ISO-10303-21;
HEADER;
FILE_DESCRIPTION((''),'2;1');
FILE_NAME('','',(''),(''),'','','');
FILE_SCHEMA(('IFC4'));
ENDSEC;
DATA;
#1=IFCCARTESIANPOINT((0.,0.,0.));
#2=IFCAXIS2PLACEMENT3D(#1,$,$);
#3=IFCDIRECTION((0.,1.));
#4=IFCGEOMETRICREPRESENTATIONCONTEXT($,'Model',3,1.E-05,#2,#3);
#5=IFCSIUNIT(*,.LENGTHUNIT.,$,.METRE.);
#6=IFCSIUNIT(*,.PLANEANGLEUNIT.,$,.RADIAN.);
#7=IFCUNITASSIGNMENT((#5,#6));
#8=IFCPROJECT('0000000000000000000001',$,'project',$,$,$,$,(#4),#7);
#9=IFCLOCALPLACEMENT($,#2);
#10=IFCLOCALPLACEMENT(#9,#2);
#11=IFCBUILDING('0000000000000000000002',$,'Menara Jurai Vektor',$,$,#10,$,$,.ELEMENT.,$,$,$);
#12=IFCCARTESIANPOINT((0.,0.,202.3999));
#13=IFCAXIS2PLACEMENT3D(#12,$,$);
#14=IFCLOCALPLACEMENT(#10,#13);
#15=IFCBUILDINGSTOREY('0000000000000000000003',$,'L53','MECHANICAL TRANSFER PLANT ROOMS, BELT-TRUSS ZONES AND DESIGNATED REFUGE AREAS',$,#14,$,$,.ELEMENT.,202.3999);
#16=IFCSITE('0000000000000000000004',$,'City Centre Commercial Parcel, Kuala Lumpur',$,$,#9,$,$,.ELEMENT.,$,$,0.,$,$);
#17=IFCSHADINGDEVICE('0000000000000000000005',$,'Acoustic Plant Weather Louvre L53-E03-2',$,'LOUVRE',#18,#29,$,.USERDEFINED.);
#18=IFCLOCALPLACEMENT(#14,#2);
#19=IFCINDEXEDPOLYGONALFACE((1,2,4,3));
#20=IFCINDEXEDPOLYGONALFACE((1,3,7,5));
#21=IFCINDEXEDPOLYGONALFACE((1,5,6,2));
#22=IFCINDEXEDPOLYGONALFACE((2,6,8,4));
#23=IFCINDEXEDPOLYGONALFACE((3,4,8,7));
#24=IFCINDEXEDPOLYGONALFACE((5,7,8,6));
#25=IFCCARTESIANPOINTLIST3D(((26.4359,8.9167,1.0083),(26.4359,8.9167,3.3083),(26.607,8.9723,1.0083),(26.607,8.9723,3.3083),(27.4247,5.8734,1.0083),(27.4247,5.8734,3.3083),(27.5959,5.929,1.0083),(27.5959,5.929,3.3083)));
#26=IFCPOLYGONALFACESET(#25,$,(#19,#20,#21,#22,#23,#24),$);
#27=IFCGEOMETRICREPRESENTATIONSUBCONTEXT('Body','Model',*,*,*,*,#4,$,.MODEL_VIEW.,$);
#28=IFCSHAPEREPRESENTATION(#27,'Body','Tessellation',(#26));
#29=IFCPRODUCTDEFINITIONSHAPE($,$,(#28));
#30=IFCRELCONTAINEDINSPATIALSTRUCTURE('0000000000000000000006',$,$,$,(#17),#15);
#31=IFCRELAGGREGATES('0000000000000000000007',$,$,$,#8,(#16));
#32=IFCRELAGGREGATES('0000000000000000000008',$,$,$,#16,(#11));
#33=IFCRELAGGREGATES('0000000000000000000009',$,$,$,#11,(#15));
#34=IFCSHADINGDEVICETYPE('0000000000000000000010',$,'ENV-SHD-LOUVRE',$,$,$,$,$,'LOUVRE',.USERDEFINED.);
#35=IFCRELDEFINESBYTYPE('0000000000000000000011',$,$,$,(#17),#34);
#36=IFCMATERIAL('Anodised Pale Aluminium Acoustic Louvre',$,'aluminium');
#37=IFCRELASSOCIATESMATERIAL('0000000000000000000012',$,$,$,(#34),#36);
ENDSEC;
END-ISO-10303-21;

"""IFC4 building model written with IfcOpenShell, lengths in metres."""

from ifc_helpers import new_model, si_unit, direction, frame, origin, origin_2d, place, context, subcontext, project, spatial, rectangle, extrude, material, type_object, element, save


model = new_model("IFC4")

# Units and contexts
model_context = context("Model", 3, precision=1e-05, world=origin(), true_north=direction((0.0, 1.0)))
body_context = subcontext(model_context, "Body", "Model", "MODEL_VIEW")
ifc_project = project(units=[si_unit("LENGTHUNIT", "METRE"), si_unit("PLANEANGLEUNIT", "RADIAN")], contexts=[model_context])

# Site, building, storey
site_placement = place(None, origin())
site = spatial("IfcSite", under=ifc_project, at=site_placement, Name="City Centre Commercial Parcel, Kuala Lumpur", CompositionType="ELEMENT", RefElevation=0.0)
building_placement = place(site_placement, origin())
building = spatial("IfcBuilding", under=site, at=building_placement, Name="Menara Jurai Vektor", CompositionType="ELEMENT")
storey_placement = place(building_placement, frame((0.0, 0.0, 202.3999)))
storey = spatial("IfcBuildingStorey", under=building, at=storey_placement, Name="L53", Description="MECHANICAL TRANSFER PLANT ROOMS, BELT-TRUSS ZONES AND DESIGNATED REFUGE AREAS", CompositionType="ELEMENT", Elevation=202.3999)

# Shading device
ifc_material_1 = material(Name="Anodised Pale Aluminium Acoustic Louvre", Category="aluminium")
shading_device_type = type_object("IfcShadingDeviceType", Name="ENV-SHD-LOUVRE", ElementType="LOUVRE", PredefinedType="USERDEFINED", material=ifc_material_1)
shading_device_placement = place(storey_placement, frame((27.0159, 7.4229, 1.0083), z_axis=(0.0, 0.0, 1.0), x_axis=(-0.309017, 0.951057, 0.0)))
element("IfcShadingDevice", 1, at=shading_device_placement, inside=storey, type_object=shading_device_type, Name="Acoustic Plant Weather Louvre L53-E03-2", ObjectType="LOUVRE", PredefinedType="USERDEFINED", context=body_context, shape_type="SweptSolid", body=[
    extrude(rectangle(XDim=3.2, YDim=0.1799, at=origin_2d()), origin(), (0.0, 0.0, 1.0), 2.3),
])

save(model, "model.ifc")
